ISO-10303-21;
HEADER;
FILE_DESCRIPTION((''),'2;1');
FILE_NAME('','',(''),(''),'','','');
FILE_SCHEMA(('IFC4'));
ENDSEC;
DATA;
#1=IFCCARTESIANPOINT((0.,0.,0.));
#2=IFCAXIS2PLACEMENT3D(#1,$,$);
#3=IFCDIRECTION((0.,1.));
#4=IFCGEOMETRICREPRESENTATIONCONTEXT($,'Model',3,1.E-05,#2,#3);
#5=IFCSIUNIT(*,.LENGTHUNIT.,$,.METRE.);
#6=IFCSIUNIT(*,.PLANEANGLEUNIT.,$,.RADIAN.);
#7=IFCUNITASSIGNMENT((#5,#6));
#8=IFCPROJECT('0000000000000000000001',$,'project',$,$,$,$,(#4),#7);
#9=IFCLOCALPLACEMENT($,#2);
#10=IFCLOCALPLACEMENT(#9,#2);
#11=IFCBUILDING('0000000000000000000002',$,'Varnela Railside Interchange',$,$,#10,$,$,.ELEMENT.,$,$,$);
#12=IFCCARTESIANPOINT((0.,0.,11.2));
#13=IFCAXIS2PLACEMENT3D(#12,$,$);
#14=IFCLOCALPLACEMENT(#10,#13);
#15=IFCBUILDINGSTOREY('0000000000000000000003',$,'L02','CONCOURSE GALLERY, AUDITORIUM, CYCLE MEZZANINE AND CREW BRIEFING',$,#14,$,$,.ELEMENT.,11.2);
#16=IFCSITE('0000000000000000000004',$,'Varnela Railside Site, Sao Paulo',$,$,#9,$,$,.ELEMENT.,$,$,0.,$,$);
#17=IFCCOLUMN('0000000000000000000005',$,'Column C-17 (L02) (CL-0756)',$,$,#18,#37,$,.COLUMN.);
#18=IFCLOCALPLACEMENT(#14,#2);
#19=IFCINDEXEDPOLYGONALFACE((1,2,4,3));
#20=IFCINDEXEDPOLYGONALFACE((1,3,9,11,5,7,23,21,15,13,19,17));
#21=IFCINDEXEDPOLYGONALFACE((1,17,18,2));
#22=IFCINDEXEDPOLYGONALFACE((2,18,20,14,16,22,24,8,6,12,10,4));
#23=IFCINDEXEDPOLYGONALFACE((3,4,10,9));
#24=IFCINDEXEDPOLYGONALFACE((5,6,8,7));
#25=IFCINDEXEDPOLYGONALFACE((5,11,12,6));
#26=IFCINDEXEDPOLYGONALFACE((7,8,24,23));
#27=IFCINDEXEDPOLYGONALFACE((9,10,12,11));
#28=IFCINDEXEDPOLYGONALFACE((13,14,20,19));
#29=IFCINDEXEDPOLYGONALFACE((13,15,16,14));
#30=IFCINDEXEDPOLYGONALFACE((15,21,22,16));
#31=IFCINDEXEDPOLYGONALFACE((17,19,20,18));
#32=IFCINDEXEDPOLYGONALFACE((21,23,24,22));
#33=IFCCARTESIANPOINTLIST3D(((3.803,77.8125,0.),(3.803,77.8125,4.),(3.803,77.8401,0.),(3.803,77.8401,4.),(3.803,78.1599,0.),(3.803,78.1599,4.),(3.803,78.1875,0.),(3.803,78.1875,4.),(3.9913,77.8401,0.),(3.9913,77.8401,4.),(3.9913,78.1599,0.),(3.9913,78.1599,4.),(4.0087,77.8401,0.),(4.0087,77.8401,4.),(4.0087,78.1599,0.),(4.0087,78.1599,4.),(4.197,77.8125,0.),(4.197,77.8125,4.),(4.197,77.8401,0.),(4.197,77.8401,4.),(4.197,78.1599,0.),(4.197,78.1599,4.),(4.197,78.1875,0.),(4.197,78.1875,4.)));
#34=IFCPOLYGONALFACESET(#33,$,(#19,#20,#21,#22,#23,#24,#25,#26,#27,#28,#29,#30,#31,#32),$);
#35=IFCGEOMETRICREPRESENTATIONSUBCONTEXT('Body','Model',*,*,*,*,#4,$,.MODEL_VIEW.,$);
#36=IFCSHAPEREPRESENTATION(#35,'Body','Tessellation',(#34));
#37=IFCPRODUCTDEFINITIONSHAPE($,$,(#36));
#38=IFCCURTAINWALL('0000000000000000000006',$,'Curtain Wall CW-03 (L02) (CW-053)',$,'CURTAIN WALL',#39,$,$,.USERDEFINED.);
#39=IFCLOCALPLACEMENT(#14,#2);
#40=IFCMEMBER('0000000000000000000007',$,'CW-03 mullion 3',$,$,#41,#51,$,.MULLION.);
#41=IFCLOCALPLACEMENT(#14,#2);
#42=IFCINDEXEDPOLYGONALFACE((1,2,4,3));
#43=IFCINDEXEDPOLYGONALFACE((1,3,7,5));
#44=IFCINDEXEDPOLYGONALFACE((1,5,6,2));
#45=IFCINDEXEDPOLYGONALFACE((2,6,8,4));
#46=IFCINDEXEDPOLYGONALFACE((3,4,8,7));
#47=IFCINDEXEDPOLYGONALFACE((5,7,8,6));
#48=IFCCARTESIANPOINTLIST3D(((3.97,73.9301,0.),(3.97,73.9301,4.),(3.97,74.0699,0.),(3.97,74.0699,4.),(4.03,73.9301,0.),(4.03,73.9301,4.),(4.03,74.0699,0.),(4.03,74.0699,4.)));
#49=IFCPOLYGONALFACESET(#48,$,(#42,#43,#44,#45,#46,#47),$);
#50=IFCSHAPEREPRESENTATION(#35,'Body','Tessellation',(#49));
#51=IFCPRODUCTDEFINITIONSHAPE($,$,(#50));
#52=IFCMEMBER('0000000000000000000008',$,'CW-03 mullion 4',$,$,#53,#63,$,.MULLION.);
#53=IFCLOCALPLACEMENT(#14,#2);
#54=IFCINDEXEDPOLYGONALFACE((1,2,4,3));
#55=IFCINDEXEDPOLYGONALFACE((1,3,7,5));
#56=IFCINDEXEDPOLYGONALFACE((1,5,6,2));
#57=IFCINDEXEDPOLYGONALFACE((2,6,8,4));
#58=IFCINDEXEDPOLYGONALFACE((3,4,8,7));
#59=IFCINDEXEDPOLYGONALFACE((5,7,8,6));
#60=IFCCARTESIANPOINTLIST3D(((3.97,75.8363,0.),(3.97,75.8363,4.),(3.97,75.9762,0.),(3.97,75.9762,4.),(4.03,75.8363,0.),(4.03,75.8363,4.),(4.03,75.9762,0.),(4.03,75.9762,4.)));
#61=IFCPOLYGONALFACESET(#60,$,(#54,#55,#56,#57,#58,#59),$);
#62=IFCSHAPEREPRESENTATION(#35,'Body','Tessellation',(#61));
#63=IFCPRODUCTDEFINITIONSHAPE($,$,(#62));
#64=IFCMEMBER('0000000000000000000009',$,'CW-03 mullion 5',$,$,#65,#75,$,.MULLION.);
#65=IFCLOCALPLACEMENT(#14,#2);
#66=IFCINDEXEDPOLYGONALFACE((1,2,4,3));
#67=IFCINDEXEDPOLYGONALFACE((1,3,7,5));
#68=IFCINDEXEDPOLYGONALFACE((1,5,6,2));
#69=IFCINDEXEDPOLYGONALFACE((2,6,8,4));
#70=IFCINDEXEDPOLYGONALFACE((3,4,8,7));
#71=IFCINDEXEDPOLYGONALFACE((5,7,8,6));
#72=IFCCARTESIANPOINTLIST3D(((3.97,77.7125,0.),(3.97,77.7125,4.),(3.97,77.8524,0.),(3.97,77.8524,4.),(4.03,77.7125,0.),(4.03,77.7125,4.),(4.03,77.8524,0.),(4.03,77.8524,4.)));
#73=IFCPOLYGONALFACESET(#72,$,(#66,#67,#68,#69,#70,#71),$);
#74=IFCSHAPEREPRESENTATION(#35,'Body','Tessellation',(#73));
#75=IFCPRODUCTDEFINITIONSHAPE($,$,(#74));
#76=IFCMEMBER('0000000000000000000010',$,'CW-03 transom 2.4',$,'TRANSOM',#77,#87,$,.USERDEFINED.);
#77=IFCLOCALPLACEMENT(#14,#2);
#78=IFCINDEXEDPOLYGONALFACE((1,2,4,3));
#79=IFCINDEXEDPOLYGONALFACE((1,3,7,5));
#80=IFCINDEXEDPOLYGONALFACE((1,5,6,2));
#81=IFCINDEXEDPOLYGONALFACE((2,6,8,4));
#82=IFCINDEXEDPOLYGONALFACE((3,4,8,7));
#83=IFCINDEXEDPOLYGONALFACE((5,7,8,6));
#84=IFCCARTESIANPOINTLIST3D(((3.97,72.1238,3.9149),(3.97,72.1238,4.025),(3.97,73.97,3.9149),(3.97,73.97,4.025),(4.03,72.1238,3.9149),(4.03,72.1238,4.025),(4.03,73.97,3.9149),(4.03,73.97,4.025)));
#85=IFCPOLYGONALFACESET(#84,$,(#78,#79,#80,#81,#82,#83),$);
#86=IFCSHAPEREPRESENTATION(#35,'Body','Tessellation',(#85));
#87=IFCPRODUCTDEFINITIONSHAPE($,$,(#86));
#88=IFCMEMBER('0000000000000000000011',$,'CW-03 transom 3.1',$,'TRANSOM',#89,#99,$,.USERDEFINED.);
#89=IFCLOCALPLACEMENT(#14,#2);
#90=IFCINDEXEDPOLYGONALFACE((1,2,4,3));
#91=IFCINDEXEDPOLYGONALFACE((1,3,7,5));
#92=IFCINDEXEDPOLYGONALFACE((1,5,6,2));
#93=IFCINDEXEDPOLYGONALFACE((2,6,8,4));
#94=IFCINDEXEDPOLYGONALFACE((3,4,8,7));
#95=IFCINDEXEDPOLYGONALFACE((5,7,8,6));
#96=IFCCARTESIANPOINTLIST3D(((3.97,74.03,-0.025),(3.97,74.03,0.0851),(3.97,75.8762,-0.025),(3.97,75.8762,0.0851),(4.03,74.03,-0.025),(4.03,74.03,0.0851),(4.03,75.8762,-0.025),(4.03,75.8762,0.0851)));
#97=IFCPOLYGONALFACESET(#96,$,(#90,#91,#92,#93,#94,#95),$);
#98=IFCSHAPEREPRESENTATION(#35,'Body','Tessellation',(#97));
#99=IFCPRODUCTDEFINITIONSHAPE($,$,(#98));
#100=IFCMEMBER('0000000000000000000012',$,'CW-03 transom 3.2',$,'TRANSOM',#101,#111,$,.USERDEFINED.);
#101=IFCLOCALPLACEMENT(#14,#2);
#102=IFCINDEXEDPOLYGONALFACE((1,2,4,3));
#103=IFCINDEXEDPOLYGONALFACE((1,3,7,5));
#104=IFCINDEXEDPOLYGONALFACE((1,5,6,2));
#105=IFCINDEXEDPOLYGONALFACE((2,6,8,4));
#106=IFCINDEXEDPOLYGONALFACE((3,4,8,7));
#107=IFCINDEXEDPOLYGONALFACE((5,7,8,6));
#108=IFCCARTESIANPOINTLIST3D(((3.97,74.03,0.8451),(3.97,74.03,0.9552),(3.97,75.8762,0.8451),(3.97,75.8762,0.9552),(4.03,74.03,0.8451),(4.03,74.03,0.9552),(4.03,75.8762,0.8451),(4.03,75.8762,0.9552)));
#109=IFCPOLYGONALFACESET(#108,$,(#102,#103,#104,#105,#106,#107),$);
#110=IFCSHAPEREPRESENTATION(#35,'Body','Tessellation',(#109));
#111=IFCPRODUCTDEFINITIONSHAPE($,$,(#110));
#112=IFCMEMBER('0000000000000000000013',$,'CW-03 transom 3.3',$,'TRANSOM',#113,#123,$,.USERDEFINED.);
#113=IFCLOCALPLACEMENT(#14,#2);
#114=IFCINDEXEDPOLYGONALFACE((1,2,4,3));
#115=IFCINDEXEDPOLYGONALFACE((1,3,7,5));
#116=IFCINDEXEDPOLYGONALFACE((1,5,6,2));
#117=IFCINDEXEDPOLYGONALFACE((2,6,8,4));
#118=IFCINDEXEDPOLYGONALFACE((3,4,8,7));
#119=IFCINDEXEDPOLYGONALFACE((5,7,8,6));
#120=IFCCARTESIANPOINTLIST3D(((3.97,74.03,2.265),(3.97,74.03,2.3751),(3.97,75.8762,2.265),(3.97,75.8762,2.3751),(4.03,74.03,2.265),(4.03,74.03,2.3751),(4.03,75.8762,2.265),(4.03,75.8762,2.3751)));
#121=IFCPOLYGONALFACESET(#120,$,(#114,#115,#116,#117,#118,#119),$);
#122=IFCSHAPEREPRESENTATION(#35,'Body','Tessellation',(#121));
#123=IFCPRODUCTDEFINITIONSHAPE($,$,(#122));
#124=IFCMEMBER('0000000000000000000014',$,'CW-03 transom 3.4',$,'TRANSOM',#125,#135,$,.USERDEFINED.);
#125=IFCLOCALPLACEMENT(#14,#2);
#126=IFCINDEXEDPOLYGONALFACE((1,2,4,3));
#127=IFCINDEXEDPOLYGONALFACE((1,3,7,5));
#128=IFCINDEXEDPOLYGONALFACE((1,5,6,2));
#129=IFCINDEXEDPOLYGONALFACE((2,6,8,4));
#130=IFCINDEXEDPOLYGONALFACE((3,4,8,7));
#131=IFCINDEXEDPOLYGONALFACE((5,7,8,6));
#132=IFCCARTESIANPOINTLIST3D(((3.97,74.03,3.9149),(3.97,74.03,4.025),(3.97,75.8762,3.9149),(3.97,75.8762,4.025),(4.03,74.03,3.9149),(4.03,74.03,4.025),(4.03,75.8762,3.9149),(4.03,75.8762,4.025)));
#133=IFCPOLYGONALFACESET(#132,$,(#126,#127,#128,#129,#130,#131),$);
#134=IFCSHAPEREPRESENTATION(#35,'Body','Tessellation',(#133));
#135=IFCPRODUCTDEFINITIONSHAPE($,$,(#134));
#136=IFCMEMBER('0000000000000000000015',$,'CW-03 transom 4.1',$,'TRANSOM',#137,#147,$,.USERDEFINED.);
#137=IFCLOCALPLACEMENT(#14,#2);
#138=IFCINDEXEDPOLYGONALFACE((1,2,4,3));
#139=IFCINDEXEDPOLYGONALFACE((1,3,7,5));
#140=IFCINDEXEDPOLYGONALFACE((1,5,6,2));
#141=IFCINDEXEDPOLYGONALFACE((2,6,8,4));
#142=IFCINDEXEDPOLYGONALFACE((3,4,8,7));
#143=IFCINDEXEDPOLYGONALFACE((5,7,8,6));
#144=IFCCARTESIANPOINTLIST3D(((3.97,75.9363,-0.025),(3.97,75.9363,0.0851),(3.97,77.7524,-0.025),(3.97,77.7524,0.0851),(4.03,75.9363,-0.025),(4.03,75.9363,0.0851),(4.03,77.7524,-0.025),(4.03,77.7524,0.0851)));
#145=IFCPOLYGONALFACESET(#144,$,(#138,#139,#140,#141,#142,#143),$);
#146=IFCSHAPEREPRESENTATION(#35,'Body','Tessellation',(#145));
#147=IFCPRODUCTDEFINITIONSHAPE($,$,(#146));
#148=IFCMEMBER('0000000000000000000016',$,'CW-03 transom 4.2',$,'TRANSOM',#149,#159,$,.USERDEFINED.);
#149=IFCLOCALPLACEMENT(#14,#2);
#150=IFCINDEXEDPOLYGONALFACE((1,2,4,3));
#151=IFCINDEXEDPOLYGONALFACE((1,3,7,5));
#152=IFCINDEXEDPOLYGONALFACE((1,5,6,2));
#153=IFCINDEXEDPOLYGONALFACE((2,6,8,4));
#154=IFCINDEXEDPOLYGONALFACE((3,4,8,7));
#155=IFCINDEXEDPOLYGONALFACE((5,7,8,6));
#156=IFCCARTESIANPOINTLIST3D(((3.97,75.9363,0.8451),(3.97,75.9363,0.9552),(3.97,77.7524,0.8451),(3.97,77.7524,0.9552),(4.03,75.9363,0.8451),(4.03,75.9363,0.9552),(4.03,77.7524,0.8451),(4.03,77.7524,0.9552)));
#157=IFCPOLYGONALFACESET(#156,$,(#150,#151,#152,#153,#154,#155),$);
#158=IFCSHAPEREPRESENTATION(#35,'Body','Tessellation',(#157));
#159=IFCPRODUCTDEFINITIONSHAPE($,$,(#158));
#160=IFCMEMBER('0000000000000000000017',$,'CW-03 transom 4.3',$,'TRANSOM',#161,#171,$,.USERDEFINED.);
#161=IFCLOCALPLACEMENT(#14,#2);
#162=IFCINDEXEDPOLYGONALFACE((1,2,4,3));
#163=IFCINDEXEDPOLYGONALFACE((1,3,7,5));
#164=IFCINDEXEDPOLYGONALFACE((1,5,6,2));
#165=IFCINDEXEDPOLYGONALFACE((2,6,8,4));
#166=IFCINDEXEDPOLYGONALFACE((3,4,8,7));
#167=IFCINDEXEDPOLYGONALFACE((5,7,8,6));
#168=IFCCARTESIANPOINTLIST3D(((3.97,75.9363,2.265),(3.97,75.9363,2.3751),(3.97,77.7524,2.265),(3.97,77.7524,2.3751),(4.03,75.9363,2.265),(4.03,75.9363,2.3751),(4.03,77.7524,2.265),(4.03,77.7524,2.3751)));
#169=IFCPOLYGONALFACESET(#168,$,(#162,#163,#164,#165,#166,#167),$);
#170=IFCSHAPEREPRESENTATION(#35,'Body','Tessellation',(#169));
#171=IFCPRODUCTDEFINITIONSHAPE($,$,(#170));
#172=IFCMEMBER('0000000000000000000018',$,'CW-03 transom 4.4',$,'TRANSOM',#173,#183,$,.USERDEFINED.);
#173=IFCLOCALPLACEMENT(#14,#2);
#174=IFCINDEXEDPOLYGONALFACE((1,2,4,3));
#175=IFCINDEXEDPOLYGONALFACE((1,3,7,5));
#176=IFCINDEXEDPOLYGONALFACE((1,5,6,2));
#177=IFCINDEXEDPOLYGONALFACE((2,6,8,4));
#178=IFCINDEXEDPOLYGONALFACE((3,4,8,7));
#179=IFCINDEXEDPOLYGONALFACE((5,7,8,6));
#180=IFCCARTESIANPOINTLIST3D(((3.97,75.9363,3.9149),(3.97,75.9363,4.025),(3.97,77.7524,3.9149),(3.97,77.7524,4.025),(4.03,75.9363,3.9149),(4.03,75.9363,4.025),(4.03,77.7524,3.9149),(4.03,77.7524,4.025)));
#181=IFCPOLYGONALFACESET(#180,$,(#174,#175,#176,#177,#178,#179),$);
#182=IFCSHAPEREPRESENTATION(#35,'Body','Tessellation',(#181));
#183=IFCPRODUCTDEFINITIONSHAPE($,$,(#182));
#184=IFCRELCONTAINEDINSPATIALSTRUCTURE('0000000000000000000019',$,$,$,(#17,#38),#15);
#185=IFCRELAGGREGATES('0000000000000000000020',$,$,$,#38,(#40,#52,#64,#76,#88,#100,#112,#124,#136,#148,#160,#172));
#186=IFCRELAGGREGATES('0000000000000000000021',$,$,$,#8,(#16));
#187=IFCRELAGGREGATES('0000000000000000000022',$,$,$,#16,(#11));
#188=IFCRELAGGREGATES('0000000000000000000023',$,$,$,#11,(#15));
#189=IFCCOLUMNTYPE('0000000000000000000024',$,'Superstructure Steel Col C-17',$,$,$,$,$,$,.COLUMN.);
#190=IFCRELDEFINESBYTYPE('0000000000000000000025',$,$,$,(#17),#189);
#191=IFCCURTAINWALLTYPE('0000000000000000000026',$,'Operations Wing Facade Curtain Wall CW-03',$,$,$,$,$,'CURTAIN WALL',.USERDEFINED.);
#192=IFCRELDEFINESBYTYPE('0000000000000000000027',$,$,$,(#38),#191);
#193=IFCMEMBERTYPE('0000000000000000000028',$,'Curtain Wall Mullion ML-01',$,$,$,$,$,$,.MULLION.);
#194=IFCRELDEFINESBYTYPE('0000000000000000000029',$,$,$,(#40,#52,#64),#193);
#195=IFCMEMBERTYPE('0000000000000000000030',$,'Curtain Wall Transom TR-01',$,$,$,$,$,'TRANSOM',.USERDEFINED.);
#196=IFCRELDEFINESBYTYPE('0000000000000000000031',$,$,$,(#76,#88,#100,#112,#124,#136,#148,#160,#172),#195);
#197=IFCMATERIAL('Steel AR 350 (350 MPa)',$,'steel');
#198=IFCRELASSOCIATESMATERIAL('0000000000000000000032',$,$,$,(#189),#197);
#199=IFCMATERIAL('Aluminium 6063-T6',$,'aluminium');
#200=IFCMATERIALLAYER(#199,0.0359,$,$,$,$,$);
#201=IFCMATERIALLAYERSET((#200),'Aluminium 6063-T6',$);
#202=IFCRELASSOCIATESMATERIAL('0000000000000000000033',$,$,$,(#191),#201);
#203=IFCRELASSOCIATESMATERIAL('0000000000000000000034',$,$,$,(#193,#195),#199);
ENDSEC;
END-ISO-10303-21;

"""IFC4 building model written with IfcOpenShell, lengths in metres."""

from ifc_helpers import new_model, si_unit, direction, frame, origin, origin_2d, place, context, subcontext, project, spatial, rectangle, i_section, extrude, material, layer, layer_set, material_profile, profile_set, type_object, element, aggregate, save


model = new_model("IFC4")

# Units and contexts
model_context = context("Model", 3, precision=1e-05, world=origin(), true_north=direction((0.0, 1.0)))
body_context = subcontext(model_context, "Body", "Model", "MODEL_VIEW")
ifc_project = project(units=[si_unit("LENGTHUNIT", "METRE"), si_unit("PLANEANGLEUNIT", "RADIAN")], contexts=[model_context])

# Site, building, storey
site_placement = place(None, origin())
site = spatial("IfcSite", under=ifc_project, at=site_placement, Name="Varnela Railside Site, Sao Paulo", CompositionType="ELEMENT", RefElevation=0.0)
building_placement = place(site_placement, origin())
building = spatial("IfcBuilding", under=site, at=building_placement, Name="Varnela Railside Interchange", CompositionType="ELEMENT")
storey_placement = place(building_placement, frame((0.0, 0.0, 11.2)))
storey = spatial("IfcBuildingStorey", under=building, at=storey_placement, Name="L02", Description="CONCOURSE GALLERY, AUDITORIUM, CYCLE MEZZANINE AND CREW BRIEFING", CompositionType="ELEMENT", Elevation=11.2)

# Column
ifc_material_1 = material(Name="Steel AR 350 (350 MPa)", Category="steel")
ifc_material_profile_1 = material_profile(ifc_material_1, i_section(OverallWidth=0.394, OverallDepth=0.375, WebThickness=0.0173, FlangeThickness=0.0276, at=origin_2d()), Name="W360x216")
ifc_profile_set_1 = profile_set([ifc_material_profile_1], Name="Steel AR 350 (350 MPa)")
column_type = type_object("IfcColumnType", Name="Superstructure Steel Col C-17", PredefinedType="COLUMN", material=ifc_profile_set_1)
column_placement = place(storey_placement, frame((4.0, 78.0, 0.0), z_axis=(0.0, 0.0, 1.0), x_axis=(1.0, 0.0, 0.0)))
element("IfcColumn", 1, at=column_placement, inside=storey, type_object=column_type, Name="Column C-17 (L02) (CL-0756)", PredefinedType="COLUMN", context=body_context, shape_type="SweptSolid", body=[
    extrude(i_section(OverallWidth=0.394, OverallDepth=0.375, WebThickness=0.0173, FlangeThickness=0.0276, at=origin_2d()), origin(), (0.0, 0.0, 1.0), 4.0),
])

# Curtain wall, members
ifc_material_2 = material(Name="Aluminium 6063-T6", Category="aluminium")
ifc_layer_1 = layer(ifc_material_2, 0.0359)
ifc_layer_set_1 = layer_set([ifc_layer_1], Name="Aluminium 6063-T6")
curtain_wall_type = type_object("IfcCurtainWallType", Name="Operations Wing Facade Curtain Wall CW-03", ElementType="CURTAIN WALL", PredefinedType="USERDEFINED", material=ifc_layer_set_1)
curtain_wall_placement = place(storey_placement, origin())
curtain_wall = element("IfcCurtainWall", 2, at=curtain_wall_placement, inside=storey, type_object=curtain_wall_type, Name="Curtain Wall CW-03 (L02) (CW-053)", ObjectType="CURTAIN WALL", PredefinedType="USERDEFINED")
ifc_material_profile_2 = material_profile(ifc_material_2, rectangle(XDim=0.0601, YDim=0.1399, at=origin_2d()), Name="ALU 60x140")
ifc_profile_set_2 = profile_set([ifc_material_profile_2], Name="Aluminium 6063-T6")
member_type_1 = type_object("IfcMemberType", Name="Curtain Wall Mullion ML-01", PredefinedType="MULLION", material=ifc_profile_set_2)
member_1_placement = place(storey_placement, frame((4.0, 74.0, 0.0), z_axis=(0.0, 0.0, 1.0), x_axis=(-1.0, 0.0, 0.0)))
member_1 = element("IfcMember", 3, at=member_1_placement, type_object=member_type_1, Name="CW-03 mullion 3", PredefinedType="MULLION", context=body_context, shape_type="SweptSolid", body=[
    extrude(rectangle(XDim=0.0601, YDim=0.1399, at=origin_2d()), origin(), (0.0, 0.0, 1.0), 4.0),
])
member_2_placement = place(storey_placement, frame((4.0, 75.9062, 0.0), z_axis=(0.0, 0.0, 1.0), x_axis=(-1.0, 0.0, 0.0)))
member_2 = element("IfcMember", 4, at=member_2_placement, type_object=member_type_1, Name="CW-03 mullion 4", PredefinedType="MULLION", context=body_context, shape_type="SweptSolid", body=[
    extrude(rectangle(XDim=0.0601, YDim=0.1399, at=origin_2d()), origin(), (0.0, 0.0, 1.0), 4.0),
])
member_3_placement = place(storey_placement, frame((4.0, 77.7825, 0.0), z_axis=(0.0, 0.0, 1.0), x_axis=(-1.0, 0.0, 0.0)))
member_3 = element("IfcMember", 5, at=member_3_placement, type_object=member_type_1, Name="CW-03 mullion 5", PredefinedType="MULLION", context=body_context, shape_type="SweptSolid", body=[
    extrude(rectangle(XDim=0.0601, YDim=0.1399, at=origin_2d()), origin(), (0.0, 0.0, 1.0), 4.0),
])
ifc_material_profile_3 = material_profile(ifc_material_2, rectangle(XDim=0.0601, YDim=0.1101, at=origin_2d()), Name="ALU 60x110")
ifc_profile_set_3 = profile_set([ifc_material_profile_3], Name="Aluminium 6063-T6")
member_type_2 = type_object("IfcMemberType", Name="Curtain Wall Transom TR-01", ElementType="TRANSOM", PredefinedType="USERDEFINED", material=ifc_profile_set_3)
member_4_placement = place(storey_placement, frame((4.0, 72.1238, 3.97), z_axis=(0.0, 1.0, 0.0), x_axis=(-1.0, 0.0, 0.0)))
member_4 = element("IfcMember", 6, at=member_4_placement, type_object=member_type_2, Name="CW-03 transom 2.4", ObjectType="TRANSOM", PredefinedType="USERDEFINED", context=body_context, shape_type="SweptSolid", body=[
    extrude(rectangle(XDim=0.0601, YDim=0.1101, at=origin_2d()), origin(), (0.0, 0.0, 1.0), 1.8462),
])
member_5_placement = place(storey_placement, frame((4.0, 74.03, 0.03), z_axis=(0.0, 1.0, 0.0), x_axis=(-1.0, 0.0, 0.0)))
member_5 = element("IfcMember", 7, at=member_5_placement, type_object=member_type_2, Name="CW-03 transom 3.1", ObjectType="TRANSOM", PredefinedType="USERDEFINED", context=body_context, shape_type="SweptSolid", body=[
    extrude(rectangle(XDim=0.0601, YDim=0.1101, at=origin_2d()), origin(), (0.0, 0.0, 1.0), 1.8462),
])
member_6_placement = place(storey_placement, frame((4.0, 74.03, 0.9001), z_axis=(0.0, 1.0, 0.0), x_axis=(-1.0, 0.0, 0.0)))
member_6 = element("IfcMember", 8, at=member_6_placement, type_object=member_type_2, Name="CW-03 transom 3.2", ObjectType="TRANSOM", PredefinedType="USERDEFINED", context=body_context, shape_type="SweptSolid", body=[
    extrude(rectangle(XDim=0.0601, YDim=0.1101, at=origin_2d()), origin(), (0.0, 0.0, 1.0), 1.8462),
])
member_7_placement = place(storey_placement, frame((4.0, 74.03, 2.3201), z_axis=(0.0, 1.0, 0.0), x_axis=(-1.0, 0.0, 0.0)))
member_7 = element("IfcMember", 9, at=member_7_placement, type_object=member_type_2, Name="CW-03 transom 3.3", ObjectType="TRANSOM", PredefinedType="USERDEFINED", context=body_context, shape_type="SweptSolid", body=[
    extrude(rectangle(XDim=0.0601, YDim=0.1101, at=origin_2d()), origin(), (0.0, 0.0, 1.0), 1.8462),
])
member_8_placement = place(storey_placement, frame((4.0, 74.03, 3.97), z_axis=(0.0, 1.0, 0.0), x_axis=(-1.0, 0.0, 0.0)))
member_8 = element("IfcMember", 10, at=member_8_placement, type_object=member_type_2, Name="CW-03 transom 3.4", ObjectType="TRANSOM", PredefinedType="USERDEFINED", context=body_context, shape_type="SweptSolid", body=[
    extrude(rectangle(XDim=0.0601, YDim=0.1101, at=origin_2d()), origin(), (0.0, 0.0, 1.0), 1.8462),
])
member_9_placement = place(storey_placement, frame((4.0, 75.9363, 0.03), z_axis=(0.0, 1.0, 0.0), x_axis=(-1.0, 0.0, 0.0)))
member_9 = element("IfcMember", 11, at=member_9_placement, type_object=member_type_2, Name="CW-03 transom 4.1", ObjectType="TRANSOM", PredefinedType="USERDEFINED", context=body_context, shape_type="SweptSolid", body=[
    extrude(rectangle(XDim=0.0601, YDim=0.1101, at=origin_2d()), origin(), (0.0, 0.0, 1.0), 1.8162),
])
member_10_placement = place(storey_placement, frame((4.0, 75.9363, 0.9001), z_axis=(0.0, 1.0, 0.0), x_axis=(-1.0, 0.0, 0.0)))
member_10 = element("IfcMember", 12, at=member_10_placement, type_object=member_type_2, Name="CW-03 transom 4.2", ObjectType="TRANSOM", PredefinedType="USERDEFINED", context=body_context, shape_type="SweptSolid", body=[
    extrude(rectangle(XDim=0.0601, YDim=0.1101, at=origin_2d()), origin(), (0.0, 0.0, 1.0), 1.8162),
])
member_11_placement = place(storey_placement, frame((4.0, 75.9363, 2.3201), z_axis=(0.0, 1.0, 0.0), x_axis=(-1.0, 0.0, 0.0)))
member_11 = element("IfcMember", 13, at=member_11_placement, type_object=member_type_2, Name="CW-03 transom 4.3", ObjectType="TRANSOM", PredefinedType="USERDEFINED", context=body_context, shape_type="SweptSolid", body=[
    extrude(rectangle(XDim=0.0601, YDim=0.1101, at=origin_2d()), origin(), (0.0, 0.0, 1.0), 1.8162),
])
member_12_placement = place(storey_placement, frame((4.0, 75.9363, 3.97), z_axis=(0.0, 1.0, 0.0), x_axis=(-1.0, 0.0, 0.0)))
member_12 = element("IfcMember", 14, at=member_12_placement, type_object=member_type_2, Name="CW-03 transom 4.4", ObjectType="TRANSOM", PredefinedType="USERDEFINED", context=body_context, shape_type="SweptSolid", body=[
    extrude(rectangle(XDim=0.0601, YDim=0.1101, at=origin_2d()), origin(), (0.0, 0.0, 1.0), 1.8162),
])

aggregate(curtain_wall, [member_1, member_2, member_3, member_4, member_5, member_6, member_7, member_8, member_9, member_10, member_11, member_12])

save(model, "model.ifc")
